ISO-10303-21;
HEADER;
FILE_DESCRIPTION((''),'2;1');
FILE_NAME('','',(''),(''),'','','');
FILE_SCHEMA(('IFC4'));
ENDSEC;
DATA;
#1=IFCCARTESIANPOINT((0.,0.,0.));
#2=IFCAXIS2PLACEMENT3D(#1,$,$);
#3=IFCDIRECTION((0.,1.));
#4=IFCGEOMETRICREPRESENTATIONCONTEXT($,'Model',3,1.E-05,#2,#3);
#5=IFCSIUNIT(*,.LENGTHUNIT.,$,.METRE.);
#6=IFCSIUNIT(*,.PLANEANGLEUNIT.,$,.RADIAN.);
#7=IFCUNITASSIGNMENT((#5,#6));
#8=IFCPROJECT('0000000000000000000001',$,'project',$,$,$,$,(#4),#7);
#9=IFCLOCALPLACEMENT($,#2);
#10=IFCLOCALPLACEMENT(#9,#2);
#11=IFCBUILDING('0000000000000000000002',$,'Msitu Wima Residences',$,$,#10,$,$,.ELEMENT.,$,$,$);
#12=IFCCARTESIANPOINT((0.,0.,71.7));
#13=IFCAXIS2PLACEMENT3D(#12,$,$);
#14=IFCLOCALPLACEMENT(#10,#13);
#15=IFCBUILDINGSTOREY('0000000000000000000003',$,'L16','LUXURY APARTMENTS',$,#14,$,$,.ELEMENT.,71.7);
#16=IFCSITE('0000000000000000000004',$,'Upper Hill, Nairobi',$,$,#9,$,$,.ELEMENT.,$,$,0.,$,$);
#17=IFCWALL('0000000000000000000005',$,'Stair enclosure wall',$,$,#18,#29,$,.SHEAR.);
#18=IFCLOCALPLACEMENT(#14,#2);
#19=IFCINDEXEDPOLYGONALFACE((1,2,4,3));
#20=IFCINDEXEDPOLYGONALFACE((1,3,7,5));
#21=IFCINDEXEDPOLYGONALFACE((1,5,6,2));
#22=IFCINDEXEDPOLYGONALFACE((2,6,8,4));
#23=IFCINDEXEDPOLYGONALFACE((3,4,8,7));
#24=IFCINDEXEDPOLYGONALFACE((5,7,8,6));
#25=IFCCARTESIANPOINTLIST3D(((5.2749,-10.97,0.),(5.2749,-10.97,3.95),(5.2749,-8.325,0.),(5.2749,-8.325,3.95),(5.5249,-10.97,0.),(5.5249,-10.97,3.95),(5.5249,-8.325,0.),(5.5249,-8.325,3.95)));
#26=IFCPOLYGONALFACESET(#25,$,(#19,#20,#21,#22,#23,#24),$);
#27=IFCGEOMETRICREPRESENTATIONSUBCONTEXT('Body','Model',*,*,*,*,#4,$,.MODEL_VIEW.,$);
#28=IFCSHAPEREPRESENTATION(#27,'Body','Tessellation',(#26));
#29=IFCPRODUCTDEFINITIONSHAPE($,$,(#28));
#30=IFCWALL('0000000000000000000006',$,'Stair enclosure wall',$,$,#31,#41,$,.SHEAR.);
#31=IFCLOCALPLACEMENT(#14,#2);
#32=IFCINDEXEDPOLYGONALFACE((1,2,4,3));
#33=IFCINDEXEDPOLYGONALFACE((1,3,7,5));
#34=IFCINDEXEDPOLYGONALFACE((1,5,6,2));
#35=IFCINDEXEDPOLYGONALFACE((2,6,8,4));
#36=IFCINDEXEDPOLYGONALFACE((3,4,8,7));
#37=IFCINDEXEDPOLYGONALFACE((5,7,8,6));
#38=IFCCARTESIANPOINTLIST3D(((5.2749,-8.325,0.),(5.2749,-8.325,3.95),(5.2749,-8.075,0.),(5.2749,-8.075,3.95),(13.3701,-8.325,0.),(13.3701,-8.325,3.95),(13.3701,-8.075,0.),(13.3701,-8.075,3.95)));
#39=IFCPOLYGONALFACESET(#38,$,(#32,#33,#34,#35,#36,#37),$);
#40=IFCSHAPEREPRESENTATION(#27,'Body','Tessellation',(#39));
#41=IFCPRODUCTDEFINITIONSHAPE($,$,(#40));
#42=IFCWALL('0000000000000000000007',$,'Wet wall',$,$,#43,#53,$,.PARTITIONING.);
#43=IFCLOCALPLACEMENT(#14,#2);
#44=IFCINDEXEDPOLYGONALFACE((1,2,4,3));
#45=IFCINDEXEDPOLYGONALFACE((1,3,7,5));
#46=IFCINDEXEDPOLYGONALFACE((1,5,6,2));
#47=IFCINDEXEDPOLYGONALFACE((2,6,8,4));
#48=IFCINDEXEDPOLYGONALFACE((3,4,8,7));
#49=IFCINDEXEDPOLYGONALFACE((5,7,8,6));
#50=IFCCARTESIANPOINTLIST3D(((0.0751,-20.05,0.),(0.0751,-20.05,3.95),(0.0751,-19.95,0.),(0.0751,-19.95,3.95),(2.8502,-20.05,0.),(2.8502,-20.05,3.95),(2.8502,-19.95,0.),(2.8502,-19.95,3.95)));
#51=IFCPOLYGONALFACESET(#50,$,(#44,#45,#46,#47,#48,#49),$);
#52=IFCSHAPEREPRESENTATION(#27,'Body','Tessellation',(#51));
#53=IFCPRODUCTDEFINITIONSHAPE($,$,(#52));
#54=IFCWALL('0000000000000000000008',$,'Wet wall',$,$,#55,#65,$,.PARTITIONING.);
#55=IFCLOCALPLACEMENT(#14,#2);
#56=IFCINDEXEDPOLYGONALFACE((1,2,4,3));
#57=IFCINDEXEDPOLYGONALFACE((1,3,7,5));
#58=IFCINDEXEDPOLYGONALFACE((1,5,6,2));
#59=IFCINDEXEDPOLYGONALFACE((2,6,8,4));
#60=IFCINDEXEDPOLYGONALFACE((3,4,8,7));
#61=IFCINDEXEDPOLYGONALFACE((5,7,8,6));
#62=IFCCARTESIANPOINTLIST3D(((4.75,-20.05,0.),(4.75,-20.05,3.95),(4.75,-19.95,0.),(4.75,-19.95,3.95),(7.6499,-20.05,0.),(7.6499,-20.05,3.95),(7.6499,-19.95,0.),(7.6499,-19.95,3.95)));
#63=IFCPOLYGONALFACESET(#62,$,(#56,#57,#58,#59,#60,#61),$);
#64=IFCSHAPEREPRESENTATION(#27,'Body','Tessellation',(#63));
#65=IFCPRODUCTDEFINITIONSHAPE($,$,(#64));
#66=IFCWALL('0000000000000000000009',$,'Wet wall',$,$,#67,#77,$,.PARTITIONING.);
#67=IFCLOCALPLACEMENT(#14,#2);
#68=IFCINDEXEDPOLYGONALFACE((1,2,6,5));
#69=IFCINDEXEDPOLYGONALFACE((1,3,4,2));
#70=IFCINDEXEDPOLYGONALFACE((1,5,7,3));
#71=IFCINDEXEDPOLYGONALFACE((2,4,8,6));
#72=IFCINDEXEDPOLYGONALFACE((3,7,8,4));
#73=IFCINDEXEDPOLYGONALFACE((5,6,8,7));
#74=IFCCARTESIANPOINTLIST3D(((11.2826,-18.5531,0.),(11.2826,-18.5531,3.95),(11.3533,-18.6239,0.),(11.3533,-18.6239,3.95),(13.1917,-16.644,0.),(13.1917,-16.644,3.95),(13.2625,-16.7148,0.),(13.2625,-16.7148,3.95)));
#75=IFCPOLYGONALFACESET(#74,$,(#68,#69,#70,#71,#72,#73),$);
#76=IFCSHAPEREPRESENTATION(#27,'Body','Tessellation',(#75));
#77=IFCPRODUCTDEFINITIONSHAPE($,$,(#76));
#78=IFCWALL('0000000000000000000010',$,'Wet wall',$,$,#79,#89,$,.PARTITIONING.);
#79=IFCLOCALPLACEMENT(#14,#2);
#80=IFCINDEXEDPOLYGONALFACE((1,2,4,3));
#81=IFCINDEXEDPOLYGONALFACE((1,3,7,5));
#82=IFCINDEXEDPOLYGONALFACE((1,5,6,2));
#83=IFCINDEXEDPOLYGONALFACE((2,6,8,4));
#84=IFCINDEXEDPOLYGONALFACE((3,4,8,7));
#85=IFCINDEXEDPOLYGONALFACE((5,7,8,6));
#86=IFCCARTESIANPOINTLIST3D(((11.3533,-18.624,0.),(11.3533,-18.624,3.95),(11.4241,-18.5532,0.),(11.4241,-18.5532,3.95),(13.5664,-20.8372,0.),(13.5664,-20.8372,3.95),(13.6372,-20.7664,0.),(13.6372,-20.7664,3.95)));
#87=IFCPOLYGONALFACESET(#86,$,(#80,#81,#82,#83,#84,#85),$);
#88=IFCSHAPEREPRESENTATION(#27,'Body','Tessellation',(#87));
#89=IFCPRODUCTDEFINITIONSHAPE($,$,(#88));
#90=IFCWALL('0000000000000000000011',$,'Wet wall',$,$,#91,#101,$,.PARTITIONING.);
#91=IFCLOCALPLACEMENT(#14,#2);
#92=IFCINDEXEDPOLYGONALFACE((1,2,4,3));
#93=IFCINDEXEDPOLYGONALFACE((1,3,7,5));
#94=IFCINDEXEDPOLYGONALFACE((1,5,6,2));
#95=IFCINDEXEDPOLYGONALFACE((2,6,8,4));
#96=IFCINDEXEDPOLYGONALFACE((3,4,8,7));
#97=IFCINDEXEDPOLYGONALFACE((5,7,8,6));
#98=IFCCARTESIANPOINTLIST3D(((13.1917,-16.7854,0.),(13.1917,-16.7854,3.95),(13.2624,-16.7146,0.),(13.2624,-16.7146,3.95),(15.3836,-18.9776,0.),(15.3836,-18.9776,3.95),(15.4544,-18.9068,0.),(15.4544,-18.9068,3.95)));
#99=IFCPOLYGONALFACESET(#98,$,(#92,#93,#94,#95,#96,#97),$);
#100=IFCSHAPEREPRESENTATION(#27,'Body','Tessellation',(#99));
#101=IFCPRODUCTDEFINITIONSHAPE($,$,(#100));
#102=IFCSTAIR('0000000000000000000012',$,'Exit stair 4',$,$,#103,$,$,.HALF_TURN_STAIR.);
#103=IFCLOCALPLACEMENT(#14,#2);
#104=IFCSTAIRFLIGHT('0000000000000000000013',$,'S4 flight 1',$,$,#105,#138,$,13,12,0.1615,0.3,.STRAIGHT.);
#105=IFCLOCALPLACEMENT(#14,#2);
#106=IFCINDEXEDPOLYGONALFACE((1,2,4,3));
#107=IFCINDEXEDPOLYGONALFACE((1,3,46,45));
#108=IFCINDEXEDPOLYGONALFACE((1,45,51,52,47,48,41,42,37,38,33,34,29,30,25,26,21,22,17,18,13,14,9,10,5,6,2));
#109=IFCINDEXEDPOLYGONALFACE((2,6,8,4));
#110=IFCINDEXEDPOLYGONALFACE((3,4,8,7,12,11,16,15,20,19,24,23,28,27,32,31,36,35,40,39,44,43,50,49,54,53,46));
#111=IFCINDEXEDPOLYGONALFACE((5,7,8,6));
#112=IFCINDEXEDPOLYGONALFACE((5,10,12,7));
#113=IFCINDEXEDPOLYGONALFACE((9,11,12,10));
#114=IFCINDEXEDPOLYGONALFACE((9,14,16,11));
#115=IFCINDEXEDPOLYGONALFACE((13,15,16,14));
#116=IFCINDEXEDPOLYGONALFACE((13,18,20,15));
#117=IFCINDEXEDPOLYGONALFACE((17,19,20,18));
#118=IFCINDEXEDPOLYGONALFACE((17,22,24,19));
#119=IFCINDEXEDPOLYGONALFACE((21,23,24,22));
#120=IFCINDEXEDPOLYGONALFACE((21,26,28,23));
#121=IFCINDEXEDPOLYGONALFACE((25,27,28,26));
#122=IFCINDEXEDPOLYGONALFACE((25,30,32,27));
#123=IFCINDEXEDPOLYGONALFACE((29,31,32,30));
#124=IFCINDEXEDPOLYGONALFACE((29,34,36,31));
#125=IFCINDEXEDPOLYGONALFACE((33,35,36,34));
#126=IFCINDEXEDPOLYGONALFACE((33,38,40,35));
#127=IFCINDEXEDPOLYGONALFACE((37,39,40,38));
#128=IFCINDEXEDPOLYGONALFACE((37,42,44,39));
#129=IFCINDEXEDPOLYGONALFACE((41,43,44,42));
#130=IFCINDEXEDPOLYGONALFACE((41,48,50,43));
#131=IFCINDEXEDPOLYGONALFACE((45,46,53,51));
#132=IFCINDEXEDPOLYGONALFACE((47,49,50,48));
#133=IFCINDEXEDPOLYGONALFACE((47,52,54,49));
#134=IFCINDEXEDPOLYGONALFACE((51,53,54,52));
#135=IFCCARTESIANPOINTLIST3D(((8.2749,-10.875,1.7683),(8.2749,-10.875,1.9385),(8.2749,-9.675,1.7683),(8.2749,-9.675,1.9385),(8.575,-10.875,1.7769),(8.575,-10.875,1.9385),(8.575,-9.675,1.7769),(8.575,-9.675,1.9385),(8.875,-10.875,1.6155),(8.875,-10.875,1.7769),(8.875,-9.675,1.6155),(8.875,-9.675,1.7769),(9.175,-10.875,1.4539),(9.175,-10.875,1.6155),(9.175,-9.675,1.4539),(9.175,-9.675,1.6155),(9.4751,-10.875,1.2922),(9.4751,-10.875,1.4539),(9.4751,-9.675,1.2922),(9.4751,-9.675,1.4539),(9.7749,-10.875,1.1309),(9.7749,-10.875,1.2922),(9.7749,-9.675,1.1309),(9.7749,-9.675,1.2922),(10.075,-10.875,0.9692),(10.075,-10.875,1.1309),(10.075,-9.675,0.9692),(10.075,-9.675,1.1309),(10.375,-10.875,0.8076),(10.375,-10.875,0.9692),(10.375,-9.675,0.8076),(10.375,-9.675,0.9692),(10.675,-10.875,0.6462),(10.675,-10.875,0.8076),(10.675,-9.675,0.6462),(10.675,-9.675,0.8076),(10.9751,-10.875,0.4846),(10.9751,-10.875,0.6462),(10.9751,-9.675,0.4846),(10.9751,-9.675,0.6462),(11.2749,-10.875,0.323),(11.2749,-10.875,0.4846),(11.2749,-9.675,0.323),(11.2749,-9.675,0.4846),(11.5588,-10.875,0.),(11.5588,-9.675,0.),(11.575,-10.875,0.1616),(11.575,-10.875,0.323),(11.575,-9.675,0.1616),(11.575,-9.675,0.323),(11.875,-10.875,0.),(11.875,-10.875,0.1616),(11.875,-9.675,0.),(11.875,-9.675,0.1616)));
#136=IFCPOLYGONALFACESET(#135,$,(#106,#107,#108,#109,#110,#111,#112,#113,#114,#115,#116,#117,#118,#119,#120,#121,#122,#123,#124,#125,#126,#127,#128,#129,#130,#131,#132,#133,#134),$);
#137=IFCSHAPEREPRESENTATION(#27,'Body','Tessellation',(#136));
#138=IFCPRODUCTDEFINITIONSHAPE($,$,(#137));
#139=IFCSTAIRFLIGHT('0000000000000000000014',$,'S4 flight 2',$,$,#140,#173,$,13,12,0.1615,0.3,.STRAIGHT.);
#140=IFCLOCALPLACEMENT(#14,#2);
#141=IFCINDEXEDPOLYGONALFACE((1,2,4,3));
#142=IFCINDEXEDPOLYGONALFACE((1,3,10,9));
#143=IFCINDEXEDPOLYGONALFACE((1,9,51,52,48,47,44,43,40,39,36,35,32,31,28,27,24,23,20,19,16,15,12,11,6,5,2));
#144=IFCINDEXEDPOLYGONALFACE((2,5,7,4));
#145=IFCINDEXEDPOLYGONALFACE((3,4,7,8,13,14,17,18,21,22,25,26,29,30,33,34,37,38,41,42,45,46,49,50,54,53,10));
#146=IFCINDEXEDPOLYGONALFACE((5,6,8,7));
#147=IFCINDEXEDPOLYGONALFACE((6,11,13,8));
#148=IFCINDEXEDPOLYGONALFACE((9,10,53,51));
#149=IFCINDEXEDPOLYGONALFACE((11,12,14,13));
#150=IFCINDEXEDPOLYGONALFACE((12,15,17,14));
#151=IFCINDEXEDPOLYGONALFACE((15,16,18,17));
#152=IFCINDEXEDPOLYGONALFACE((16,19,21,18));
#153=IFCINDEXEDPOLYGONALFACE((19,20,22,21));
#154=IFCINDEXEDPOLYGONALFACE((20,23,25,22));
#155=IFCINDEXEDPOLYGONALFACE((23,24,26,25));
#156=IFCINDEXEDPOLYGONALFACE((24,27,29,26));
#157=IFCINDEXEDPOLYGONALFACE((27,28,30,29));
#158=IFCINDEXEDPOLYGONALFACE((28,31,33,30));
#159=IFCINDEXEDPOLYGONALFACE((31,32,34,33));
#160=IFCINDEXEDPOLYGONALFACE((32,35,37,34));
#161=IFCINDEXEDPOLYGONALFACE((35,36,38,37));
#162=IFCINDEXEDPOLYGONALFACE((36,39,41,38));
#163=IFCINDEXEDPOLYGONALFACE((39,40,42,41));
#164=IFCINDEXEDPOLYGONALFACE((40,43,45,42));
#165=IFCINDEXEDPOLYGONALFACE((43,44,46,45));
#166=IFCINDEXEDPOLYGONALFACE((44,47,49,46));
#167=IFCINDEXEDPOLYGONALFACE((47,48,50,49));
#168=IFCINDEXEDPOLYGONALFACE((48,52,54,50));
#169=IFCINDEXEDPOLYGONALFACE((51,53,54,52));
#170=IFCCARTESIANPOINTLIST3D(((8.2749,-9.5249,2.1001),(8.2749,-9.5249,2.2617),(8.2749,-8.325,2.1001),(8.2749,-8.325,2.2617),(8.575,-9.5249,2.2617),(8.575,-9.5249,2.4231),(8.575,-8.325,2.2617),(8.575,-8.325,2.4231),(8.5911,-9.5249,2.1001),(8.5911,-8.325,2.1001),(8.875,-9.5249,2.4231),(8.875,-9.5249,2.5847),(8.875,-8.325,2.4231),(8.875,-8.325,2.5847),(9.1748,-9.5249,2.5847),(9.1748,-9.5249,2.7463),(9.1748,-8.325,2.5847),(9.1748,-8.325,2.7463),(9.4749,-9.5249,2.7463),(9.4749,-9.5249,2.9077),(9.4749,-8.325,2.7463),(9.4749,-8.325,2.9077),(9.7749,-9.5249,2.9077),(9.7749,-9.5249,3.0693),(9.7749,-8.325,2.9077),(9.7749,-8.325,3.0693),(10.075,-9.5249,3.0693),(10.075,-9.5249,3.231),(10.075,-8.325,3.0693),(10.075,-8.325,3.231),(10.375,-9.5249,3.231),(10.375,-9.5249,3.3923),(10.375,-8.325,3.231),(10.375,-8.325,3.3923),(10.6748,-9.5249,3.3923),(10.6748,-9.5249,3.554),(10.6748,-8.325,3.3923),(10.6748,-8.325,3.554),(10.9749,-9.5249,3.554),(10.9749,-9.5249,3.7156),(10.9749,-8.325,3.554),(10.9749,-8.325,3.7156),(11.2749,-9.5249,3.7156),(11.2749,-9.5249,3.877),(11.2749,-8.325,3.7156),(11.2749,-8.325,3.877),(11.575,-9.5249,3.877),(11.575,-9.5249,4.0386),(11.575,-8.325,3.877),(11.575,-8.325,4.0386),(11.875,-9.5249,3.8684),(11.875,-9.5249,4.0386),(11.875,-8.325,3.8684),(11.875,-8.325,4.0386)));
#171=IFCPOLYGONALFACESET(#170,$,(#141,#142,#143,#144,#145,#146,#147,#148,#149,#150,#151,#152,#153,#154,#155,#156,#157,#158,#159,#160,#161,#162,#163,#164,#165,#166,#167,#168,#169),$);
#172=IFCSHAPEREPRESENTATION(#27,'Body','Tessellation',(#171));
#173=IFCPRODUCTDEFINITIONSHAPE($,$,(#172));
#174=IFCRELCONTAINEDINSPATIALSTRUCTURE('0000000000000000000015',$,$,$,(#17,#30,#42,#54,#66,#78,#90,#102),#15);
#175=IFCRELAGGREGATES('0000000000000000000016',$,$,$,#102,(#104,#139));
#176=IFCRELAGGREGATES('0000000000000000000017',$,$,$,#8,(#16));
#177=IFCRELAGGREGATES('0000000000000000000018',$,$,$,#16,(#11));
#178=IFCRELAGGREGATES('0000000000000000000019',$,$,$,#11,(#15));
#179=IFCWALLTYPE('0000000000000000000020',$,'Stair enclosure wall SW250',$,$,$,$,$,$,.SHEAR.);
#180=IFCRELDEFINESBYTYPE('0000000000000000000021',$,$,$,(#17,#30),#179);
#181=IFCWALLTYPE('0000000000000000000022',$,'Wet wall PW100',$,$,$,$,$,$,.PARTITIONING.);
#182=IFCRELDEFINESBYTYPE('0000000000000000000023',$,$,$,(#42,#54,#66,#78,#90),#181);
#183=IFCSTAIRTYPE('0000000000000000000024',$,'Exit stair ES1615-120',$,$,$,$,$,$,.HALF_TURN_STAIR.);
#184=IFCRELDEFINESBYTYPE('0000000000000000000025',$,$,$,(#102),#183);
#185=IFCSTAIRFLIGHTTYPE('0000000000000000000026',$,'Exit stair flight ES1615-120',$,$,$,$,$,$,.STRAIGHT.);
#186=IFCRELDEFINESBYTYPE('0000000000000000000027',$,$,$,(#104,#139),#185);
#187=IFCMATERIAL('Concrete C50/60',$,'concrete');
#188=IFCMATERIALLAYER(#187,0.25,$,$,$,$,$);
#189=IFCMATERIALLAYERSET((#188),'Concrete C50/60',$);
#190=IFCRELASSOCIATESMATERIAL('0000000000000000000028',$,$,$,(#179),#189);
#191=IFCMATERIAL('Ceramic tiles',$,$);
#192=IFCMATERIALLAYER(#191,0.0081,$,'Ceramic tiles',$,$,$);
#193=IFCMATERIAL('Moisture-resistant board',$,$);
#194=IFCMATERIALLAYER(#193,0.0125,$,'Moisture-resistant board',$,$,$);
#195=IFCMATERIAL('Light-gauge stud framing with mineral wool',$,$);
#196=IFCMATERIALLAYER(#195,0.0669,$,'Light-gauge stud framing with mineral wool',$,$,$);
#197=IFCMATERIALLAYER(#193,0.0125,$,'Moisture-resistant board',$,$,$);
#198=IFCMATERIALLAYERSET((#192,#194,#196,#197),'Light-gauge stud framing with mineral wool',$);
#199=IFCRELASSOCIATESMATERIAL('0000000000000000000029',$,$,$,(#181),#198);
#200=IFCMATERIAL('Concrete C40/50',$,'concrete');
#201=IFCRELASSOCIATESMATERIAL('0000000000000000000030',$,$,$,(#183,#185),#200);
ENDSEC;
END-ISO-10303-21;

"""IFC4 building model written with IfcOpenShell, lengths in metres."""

from ifc_helpers import new_model, si_unit, direction, frame, frame_2d, origin, place, context, subcontext, project, spatial, polyline, rectangle, outline, extrude, material, layer, layer_set, type_object, element, aggregate, save


model = new_model("IFC4")

# Units and contexts
model_context = context("Model", 3, precision=1e-05, world=origin(), true_north=direction((0.0, 1.0)))
body_context = subcontext(model_context, "Body", "Model", "MODEL_VIEW")
ifc_project = project(units=[si_unit("LENGTHUNIT", "METRE"), si_unit("PLANEANGLEUNIT", "RADIAN")], contexts=[model_context])

# Site, building, storey
site_placement = place(None, origin())
site = spatial("IfcSite", under=ifc_project, at=site_placement, Name="Upper Hill, Nairobi", CompositionType="ELEMENT", RefElevation=0.0)
building_placement = place(site_placement, origin())
building = spatial("IfcBuilding", under=site, at=building_placement, Name="Msitu Wima Residences", CompositionType="ELEMENT")
storey_placement = place(building_placement, frame((0.0, 0.0, 71.7)))
storey = spatial("IfcBuildingStorey", under=building, at=storey_placement, Name="L16", Description="LUXURY APARTMENTS", CompositionType="ELEMENT", Elevation=71.7)

# Shared definitions
ifc_material_1 = material(Name="Concrete C40/50", Category="concrete")

# Walls
ifc_material_2 = material(Name="Light-gauge stud framing with mineral wool")
ifc_material_3 = material(Name="Concrete C50/60", Category="concrete")
ifc_layer_1 = layer(ifc_material_3, 0.25)
ifc_layer_set_1 = layer_set([ifc_layer_1], Name="Concrete C50/60")
wall_type_1 = type_object("IfcWallType", Name="Stair enclosure wall SW250", PredefinedType="SHEAR", material=ifc_layer_set_1)
wall_1_placement = place(storey_placement, frame((5.3999, -10.97, 0.0), z_axis=(0.0, 0.0, 1.0), x_axis=(0.0, 1.0, 0.0)))
element("IfcWall", 1, at=wall_1_placement, inside=storey, type_object=wall_type_1, Name="Stair enclosure wall", PredefinedType="SHEAR", context=body_context, shape_type="SweptSolid", body=[
    extrude(rectangle(XDim=2.645, YDim=0.25, at=frame_2d((1.3225, 0.0))), origin(), (0.0, 0.0, 1.0), 3.95),
])
wall_2_placement = place(storey_placement, frame((5.2749, -8.2, 0.0), z_axis=(0.0, 0.0, 1.0), x_axis=(1.0, 0.0, 0.0)))
element("IfcWall", 2, at=wall_2_placement, inside=storey, type_object=wall_type_1, Name="Stair enclosure wall", PredefinedType="SHEAR", context=body_context, shape_type="SweptSolid", body=[
    extrude(rectangle(XDim=8.0952, YDim=0.25, at=frame_2d((4.0476, 0.0))), origin(), (0.0, 0.0, 1.0), 3.95),
])
ifc_material_4 = material(Name="Ceramic tiles")
ifc_layer_2 = layer(ifc_material_4, 0.0081, Name="Ceramic tiles")
ifc_material_5 = material(Name="Moisture-resistant board")
ifc_layer_3 = layer(ifc_material_5, 0.0125, Name="Moisture-resistant board")
ifc_layer_4 = layer(ifc_material_2, 0.0669, Name="Light-gauge stud framing with mineral wool")
ifc_layer_5 = layer(ifc_material_5, 0.0125, Name="Moisture-resistant board")
ifc_layer_set_2 = layer_set([ifc_layer_2, ifc_layer_3, ifc_layer_4, ifc_layer_5], Name="Light-gauge stud framing with mineral wool")
wall_type_2 = type_object("IfcWallType", Name="Wet wall PW100", PredefinedType="PARTITIONING", material=ifc_layer_set_2)
wall_3_placement = place(storey_placement, frame((0.075, -20.0, 0.0), z_axis=(0.0, 0.0, 1.0), x_axis=(1.0, 0.0, 0.0)))
element("IfcWall", 3, at=wall_3_placement, inside=storey, type_object=wall_type_2, Name="Wet wall", PredefinedType="PARTITIONING", context=body_context, shape_type="SweptSolid", body=[
    extrude(rectangle(XDim=2.7751, YDim=0.1001, at=frame_2d((1.3877, 0.0))), origin(), (0.0, 0.0, 1.0), 3.95),
])
wall_4_placement = place(storey_placement, frame((4.75, -20.0, 0.0), z_axis=(0.0, 0.0, 1.0), x_axis=(1.0, 0.0, 0.0)))
element("IfcWall", 4, at=wall_4_placement, inside=storey, type_object=wall_type_2, Name="Wet wall", PredefinedType="PARTITIONING", context=body_context, shape_type="SweptSolid", body=[
    extrude(rectangle(XDim=2.8999, YDim=0.1001, at=frame_2d((1.45, 0.0))), origin(), (0.0, 0.0, 1.0), 3.95),
])
wall_5_placement = place(storey_placement, frame((11.3179, -18.5886, 0.0), z_axis=(0.0, 0.0, 1.0), x_axis=(0.707107, 0.707107, 0.0)))
element("IfcWall", 5, at=wall_5_placement, inside=storey, type_object=wall_type_2, Name="Wet wall", PredefinedType="PARTITIONING", context=body_context, shape_type="SweptSolid", body=[
    extrude(rectangle(XDim=2.7, YDim=0.1001, at=frame_2d((1.3501, 0.0))), origin(), (0.0, 0.0, 1.0), 3.95),
])
wall_6_placement = place(storey_placement, frame((11.3887, -18.5886, 0.0), z_axis=(0.0, 0.0, 1.0), x_axis=(0.707107, -0.707107, 0.0)))
element("IfcWall", 6, at=wall_6_placement, inside=storey, type_object=wall_type_2, Name="Wet wall", PredefinedType="PARTITIONING", context=body_context, shape_type="SweptSolid", body=[
    extrude(rectangle(XDim=3.1299, YDim=0.1001, at=frame_2d((1.5649, 0.0))), origin(), (0.0, 0.0, 1.0), 3.95),
])
wall_7_placement = place(storey_placement, frame((13.2271, -16.75, 0.0), z_axis=(0.0, 0.0, 1.0), x_axis=(0.707067, -0.707146, 0.0)))
element("IfcWall", 7, at=wall_7_placement, inside=storey, type_object=wall_type_2, Name="Wet wall", PredefinedType="PARTITIONING", context=body_context, shape_type="SweptSolid", body=[
    extrude(rectangle(XDim=3.1001, YDim=0.1001, at=frame_2d((1.55, 0.0))), origin(), (0.0, 0.0, 1.0), 3.95),
])

# Stair, stair flights
stair_type = type_object("IfcStairType", Name="Exit stair ES1615-120", PredefinedType="HALF_TURN_STAIR", material=ifc_material_1)
stair_placement = place(storey_placement, origin())
stair = element("IfcStair", 8, at=stair_placement, inside=storey, type_object=stair_type, Name="Exit stair 4", PredefinedType="HALF_TURN_STAIR")
stair_flight_type = type_object("IfcStairFlightType", Name="Exit stair flight ES1615-120", PredefinedType="STRAIGHT", material=ifc_material_1)
stair_flight_1_placement = place(storey_placement, frame((11.875, -10.2749, 0.0), z_axis=(0.0, 0.0, 1.0), x_axis=(-1.0, 0.0, 0.0)))
stair_flight_1 = element("IfcStairFlight", 9, at=stair_flight_1_placement, type_object=stair_flight_type, Name="S4 flight 1", NumberOfRisers=13, NumberOfTreads=12, PredefinedType="STRAIGHT", RiserHeight=0.1615, TreadLength=0.3, context=body_context, shape_type="SweptSolid", body=[
    extrude(outline(polyline([(0.0, 0.0), (0.0, 0.1616), (0.3, 0.1616), (0.3, 0.323), (0.6001, 0.323), (0.6001, 0.4846), (0.8999, 0.4846), (0.8999, 0.6462), (1.2, 0.6462), (1.2, 0.8076), (1.5, 0.8076), (1.5, 0.9692), (1.8, 0.9692), (1.8, 1.1309), (2.1001, 1.1309), (2.1001, 1.2922), (2.3999, 1.2922), (2.3999, 1.4539), (2.7, 1.4539), (2.7, 1.6155), (3.0, 1.6155), (3.0, 1.7769), (3.3, 1.7769), (3.3, 1.9385), (3.6001, 1.9385), (3.6001, 2.1001), (3.6001, 1.7683), (0.3162, 0.0), (0.0, 0.0)])), frame((0.0, 0.6001, 0.0), z_axis=(0.0, -1.0, 0.0), x_axis=(1.0, 0.0, 0.0)), (0.0, 0.0, 1.0), 1.2),
])
stair_flight_2_placement = place(storey_placement, frame((8.2749, -8.925, 2.1001), z_axis=(0.0, 0.0, 1.0), x_axis=(1.0, 0.0, 0.0)))
stair_flight_2 = element("IfcStairFlight", 10, at=stair_flight_2_placement, type_object=stair_flight_type, Name="S4 flight 2", NumberOfRisers=13, NumberOfTreads=12, PredefinedType="STRAIGHT", RiserHeight=0.1615, TreadLength=0.3, context=body_context, shape_type="SweptSolid", body=[
    extrude(outline(polyline([(0.0, 0.0), (0.0, 0.1616), (0.3, 0.1616), (0.3, 0.323), (0.6001, 0.323), (0.6001, 0.4846), (0.8999, 0.4846), (0.8999, 0.6462), (1.2, 0.6462), (1.2, 0.8076), (1.5, 0.8076), (1.5, 0.9692), (1.8, 0.9692), (1.8, 1.1309), (2.1001, 1.1309), (2.1001, 1.2922), (2.3999, 1.2922), (2.3999, 1.4539), (2.7, 1.4539), (2.7, 1.6155), (3.0, 1.6155), (3.0, 1.7769), (3.3, 1.7769), (3.3, 1.9385), (3.6001, 1.9385), (3.6001, 2.1001), (3.6001, 1.7683), (0.3162, 0.0), (0.0, 0.0)])), frame((0.0, 0.6001, 0.0), z_axis=(0.0, -1.0, 0.0), x_axis=(1.0, 0.0, 0.0)), (0.0, 0.0, 1.0), 1.2),
])
aggregate(stair, [stair_flight_1, stair_flight_2])

save(model, "model.ifc")
